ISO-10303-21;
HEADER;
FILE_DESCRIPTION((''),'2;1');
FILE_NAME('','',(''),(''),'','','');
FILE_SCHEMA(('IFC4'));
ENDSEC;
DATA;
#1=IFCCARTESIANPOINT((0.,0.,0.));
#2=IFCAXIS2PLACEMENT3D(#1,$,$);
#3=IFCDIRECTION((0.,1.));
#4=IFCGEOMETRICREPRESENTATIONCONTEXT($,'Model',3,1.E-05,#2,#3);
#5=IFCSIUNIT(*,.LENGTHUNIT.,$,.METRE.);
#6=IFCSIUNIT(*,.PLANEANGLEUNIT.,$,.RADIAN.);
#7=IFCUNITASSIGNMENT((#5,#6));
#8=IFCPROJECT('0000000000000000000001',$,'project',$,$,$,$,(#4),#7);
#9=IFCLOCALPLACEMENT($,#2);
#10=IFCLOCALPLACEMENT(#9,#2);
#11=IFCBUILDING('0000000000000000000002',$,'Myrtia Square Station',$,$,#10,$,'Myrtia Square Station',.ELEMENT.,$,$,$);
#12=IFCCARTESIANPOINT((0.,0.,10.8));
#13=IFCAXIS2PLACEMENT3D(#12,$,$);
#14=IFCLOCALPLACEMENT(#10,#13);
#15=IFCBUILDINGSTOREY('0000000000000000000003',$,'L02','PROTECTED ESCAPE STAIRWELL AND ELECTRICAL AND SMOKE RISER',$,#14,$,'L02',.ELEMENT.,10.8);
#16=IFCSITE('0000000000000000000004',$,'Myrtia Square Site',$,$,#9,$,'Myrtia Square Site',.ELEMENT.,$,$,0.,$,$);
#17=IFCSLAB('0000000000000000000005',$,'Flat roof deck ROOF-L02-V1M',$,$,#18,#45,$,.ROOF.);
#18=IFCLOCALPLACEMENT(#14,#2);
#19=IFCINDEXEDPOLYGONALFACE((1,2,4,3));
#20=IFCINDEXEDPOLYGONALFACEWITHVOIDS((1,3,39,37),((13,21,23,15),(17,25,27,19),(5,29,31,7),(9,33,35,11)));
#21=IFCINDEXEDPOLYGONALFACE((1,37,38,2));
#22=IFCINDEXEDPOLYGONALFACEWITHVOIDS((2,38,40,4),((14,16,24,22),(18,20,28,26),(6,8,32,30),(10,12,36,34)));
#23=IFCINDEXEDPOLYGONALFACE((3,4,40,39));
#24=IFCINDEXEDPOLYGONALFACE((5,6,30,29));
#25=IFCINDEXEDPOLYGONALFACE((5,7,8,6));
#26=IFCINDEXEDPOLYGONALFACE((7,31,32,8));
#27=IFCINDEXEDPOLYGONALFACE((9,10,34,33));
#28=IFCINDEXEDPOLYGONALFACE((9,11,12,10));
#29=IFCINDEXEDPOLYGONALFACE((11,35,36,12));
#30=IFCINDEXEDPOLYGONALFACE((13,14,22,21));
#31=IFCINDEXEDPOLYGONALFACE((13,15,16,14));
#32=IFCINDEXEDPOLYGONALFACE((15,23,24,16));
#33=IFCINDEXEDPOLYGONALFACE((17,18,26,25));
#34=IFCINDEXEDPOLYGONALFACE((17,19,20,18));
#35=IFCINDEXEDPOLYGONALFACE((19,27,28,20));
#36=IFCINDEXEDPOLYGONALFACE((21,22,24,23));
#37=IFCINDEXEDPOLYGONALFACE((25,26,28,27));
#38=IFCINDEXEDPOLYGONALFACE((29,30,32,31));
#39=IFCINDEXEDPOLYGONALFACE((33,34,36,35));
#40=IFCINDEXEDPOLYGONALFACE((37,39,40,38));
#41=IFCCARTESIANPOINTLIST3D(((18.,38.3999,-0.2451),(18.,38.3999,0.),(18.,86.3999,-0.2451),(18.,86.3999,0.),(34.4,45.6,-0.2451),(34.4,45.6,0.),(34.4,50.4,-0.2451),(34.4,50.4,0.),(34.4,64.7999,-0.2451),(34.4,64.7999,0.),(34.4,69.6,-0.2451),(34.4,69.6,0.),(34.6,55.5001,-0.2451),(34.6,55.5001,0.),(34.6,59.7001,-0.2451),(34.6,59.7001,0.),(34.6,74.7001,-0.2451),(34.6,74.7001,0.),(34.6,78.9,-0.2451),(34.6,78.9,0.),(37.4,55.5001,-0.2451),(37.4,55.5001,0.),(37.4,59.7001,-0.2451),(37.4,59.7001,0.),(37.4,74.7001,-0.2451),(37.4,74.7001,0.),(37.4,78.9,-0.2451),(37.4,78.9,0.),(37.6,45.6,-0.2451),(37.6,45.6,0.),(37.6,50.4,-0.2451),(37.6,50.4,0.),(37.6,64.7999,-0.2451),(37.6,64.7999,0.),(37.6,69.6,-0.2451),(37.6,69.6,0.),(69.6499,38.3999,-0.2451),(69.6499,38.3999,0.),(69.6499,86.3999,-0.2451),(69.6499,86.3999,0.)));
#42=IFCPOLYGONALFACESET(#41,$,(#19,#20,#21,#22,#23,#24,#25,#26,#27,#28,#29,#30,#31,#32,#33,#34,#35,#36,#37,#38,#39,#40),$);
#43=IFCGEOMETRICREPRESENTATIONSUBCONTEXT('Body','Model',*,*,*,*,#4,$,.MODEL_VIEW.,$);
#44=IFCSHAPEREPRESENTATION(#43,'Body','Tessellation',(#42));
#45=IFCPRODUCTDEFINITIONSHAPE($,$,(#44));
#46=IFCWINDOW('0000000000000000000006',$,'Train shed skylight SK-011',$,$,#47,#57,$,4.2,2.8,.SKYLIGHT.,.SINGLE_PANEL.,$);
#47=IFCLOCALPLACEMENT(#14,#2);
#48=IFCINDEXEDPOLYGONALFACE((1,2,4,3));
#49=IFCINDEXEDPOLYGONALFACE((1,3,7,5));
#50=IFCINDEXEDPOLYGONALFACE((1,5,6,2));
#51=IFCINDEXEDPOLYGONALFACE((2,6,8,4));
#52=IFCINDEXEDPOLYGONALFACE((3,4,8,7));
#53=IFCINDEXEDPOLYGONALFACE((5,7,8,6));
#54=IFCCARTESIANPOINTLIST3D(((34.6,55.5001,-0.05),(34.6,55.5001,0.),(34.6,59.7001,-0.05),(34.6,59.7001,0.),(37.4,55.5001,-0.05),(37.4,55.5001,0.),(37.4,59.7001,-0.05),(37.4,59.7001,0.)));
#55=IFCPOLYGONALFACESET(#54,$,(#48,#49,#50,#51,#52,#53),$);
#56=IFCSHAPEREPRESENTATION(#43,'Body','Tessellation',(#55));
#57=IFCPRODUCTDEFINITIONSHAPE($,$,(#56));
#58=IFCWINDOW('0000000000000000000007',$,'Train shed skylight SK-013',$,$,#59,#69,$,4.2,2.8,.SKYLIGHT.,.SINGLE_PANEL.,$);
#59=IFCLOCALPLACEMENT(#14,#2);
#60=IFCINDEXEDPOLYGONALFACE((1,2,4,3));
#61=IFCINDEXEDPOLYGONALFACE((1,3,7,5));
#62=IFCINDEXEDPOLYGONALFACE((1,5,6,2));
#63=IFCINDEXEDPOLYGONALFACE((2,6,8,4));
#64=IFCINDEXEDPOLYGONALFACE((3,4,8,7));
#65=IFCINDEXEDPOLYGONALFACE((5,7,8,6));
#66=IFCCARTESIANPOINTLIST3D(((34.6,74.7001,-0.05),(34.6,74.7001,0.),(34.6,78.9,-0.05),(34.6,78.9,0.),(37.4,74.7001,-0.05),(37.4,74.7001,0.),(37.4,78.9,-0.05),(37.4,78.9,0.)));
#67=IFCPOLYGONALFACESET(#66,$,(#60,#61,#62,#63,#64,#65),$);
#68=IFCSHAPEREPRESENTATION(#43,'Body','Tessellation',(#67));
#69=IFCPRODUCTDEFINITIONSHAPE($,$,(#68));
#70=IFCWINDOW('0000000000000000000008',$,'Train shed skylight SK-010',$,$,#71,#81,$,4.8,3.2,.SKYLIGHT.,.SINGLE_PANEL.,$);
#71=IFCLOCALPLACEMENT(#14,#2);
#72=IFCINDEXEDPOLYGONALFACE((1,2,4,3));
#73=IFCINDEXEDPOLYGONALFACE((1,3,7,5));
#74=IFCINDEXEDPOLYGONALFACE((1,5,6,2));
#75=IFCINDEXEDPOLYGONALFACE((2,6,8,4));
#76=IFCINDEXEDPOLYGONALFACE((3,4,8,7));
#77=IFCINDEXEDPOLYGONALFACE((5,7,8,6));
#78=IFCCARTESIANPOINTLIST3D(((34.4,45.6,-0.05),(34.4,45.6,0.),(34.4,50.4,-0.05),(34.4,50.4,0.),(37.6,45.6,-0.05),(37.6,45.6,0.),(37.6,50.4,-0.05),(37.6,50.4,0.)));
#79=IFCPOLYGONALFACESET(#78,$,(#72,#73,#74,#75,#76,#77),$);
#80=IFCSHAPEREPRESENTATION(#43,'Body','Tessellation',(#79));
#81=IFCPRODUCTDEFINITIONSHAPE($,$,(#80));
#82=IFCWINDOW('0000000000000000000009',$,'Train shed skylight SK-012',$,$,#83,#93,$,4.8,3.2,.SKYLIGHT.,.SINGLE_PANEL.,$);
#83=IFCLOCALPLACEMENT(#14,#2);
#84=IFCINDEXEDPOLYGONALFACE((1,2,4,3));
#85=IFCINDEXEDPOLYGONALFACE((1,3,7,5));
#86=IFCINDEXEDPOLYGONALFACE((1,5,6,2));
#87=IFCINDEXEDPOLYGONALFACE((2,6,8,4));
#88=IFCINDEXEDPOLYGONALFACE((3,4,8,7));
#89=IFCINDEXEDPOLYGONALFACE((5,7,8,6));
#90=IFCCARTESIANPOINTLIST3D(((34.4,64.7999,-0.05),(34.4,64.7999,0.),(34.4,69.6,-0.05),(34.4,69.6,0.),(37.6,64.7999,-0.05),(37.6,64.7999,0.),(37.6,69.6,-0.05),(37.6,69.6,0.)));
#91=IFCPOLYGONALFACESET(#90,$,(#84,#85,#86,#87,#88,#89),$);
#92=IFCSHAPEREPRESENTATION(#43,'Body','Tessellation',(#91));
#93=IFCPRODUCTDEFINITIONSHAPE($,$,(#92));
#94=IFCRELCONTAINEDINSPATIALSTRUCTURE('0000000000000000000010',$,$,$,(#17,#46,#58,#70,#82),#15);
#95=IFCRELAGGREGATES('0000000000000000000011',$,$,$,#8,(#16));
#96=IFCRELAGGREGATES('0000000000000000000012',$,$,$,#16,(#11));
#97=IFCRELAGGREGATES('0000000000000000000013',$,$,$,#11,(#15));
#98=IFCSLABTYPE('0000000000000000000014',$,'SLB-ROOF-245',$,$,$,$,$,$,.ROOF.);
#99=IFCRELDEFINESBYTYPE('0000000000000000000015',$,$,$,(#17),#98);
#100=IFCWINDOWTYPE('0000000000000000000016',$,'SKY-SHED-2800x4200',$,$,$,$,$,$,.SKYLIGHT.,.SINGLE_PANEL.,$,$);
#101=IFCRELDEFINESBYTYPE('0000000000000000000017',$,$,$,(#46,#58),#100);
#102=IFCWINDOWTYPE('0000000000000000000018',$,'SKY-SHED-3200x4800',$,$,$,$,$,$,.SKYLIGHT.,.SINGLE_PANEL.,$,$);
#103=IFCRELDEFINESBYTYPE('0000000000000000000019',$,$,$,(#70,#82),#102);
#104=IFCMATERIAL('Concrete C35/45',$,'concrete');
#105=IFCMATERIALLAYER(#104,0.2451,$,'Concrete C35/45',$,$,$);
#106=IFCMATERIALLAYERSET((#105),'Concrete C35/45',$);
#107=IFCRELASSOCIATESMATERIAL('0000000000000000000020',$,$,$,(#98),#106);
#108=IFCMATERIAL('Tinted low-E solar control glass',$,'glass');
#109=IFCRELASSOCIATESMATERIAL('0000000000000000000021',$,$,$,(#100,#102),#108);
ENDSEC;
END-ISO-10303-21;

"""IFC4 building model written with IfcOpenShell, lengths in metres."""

from ifc_helpers import new_model, si_unit, direction, frame, origin, origin_2d, place, context, subcontext, project, spatial, polyline, rectangle, outline, extrude, material, layer, layer_set, type_object, element, fill, save


model = new_model("IFC4")

# Units and contexts
model_context = context("Model", 3, precision=1e-05, world=origin(), true_north=direction((0.0, 1.0)))
body_context = subcontext(model_context, "Body", "Model", "MODEL_VIEW")
ifc_project = project(units=[si_unit("LENGTHUNIT", "METRE"), si_unit("PLANEANGLEUNIT", "RADIAN")], contexts=[model_context])

# Site, building, storey
site_placement = place(None, origin())
site = spatial("IfcSite", under=ifc_project, at=site_placement, Name="Myrtia Square Site", LongName="Myrtia Square Site", CompositionType="ELEMENT", RefElevation=0.0)
building_placement = place(site_placement, origin())
building = spatial("IfcBuilding", under=site, at=building_placement, Name="Myrtia Square Station", LongName="Myrtia Square Station", CompositionType="ELEMENT")
storey_placement = place(building_placement, frame((0.0, 0.0, 10.8)))
storey = spatial("IfcBuildingStorey", under=building, at=storey_placement, Name="L02", Description="PROTECTED ESCAPE STAIRWELL AND ELECTRICAL AND SMOKE RISER", LongName="L02", CompositionType="ELEMENT", Elevation=10.8)

# Slab, openings, windows
ifc_material_1 = material(Name="Concrete C35/45", Category="concrete")
ifc_layer_1 = layer(ifc_material_1, 0.2451, Name="Concrete C35/45")
ifc_layer_set_1 = layer_set([ifc_layer_1], Name="Concrete C35/45")
slab_type = type_object("IfcSlabType", Name="SLB-ROOF-245", PredefinedType="ROOF", material=ifc_layer_set_1)
ifc_material_2 = material(Name="Tinted low-E solar control glass", Category="glass")
slab_1_placement = place(storey_placement, frame((0.0, 0.0, -0.2451)))
slab_1 = element("IfcSlab", 1, at=slab_1_placement, inside=storey, type_object=slab_type, Name="Flat roof deck ROOF-L02-V1M", PredefinedType="ROOF", context=body_context, shape_type="SweptSolid", body=[
    extrude(outline(polyline([(18.0, 38.3999), (69.6499, 38.3999), (69.6499, 86.3999), (18.0, 86.3999), (18.0, 38.3999)])), origin(), (0.0, 0.0, 1.0), 0.2451),
])
opening_1_placement = place(slab_1_placement, frame((36.0, 48.0, 0.0)))
opening_1 = element("IfcOpeningElement", 2, at=opening_1_placement, cuts=slab_1, PredefinedType="OPENING", context=body_context, shape_type="SweptSolid", body=[
    extrude(rectangle(XDim=3.2, YDim=4.8, at=origin_2d()), frame((0.0, 0.0, -0.0149), z_axis=(0.0, 0.0, 1.0), x_axis=(1.0, 0.0, 0.0)), (0.0, 0.0, 1.0), 0.2751),
])
opening_2_placement = place(slab_1_placement, frame((36.0, 57.6001, 0.0)))
opening_2 = element("IfcOpeningElement", 3, at=opening_2_placement, cuts=slab_1, PredefinedType="OPENING", context=body_context, shape_type="SweptSolid", body=[
    extrude(rectangle(XDim=2.8, YDim=4.2, at=origin_2d()), frame((0.0, 0.0, -0.0149), z_axis=(0.0, 0.0, 1.0), x_axis=(1.0, 0.0, 0.0)), (0.0, 0.0, 1.0), 0.2751),
])
opening_3_placement = place(slab_1_placement, frame((36.0, 67.2, 0.0)))
opening_3 = element("IfcOpeningElement", 4, at=opening_3_placement, cuts=slab_1, PredefinedType="OPENING", context=body_context, shape_type="SweptSolid", body=[
    extrude(rectangle(XDim=3.2, YDim=4.8, at=origin_2d()), frame((0.0, 0.0, -0.0149), z_axis=(0.0, 0.0, 1.0), x_axis=(1.0, 0.0, 0.0)), (0.0, 0.0, 1.0), 0.2751),
])
opening_4_placement = place(slab_1_placement, frame((36.0, 76.8, 0.0)))
opening_4 = element("IfcOpeningElement", 5, at=opening_4_placement, cuts=slab_1, PredefinedType="OPENING", context=body_context, shape_type="SweptSolid", body=[
    extrude(rectangle(XDim=2.8, YDim=4.2, at=origin_2d()), frame((0.0, 0.0, -0.0149), z_axis=(0.0, 0.0, 1.0), x_axis=(1.0, 0.0, 0.0)), (0.0, 0.0, 1.0), 0.2751),
])
window_type_1 = type_object("IfcWindowType", Name="SKY-SHED-2800x4200", PartitioningType="SINGLE_PANEL", PredefinedType="SKYLIGHT", material=ifc_material_2)
window_1_placement = place(opening_2_placement, frame((0.0, 0.0, 0.1951)))
window_1 = element("IfcWindow", 6, at=window_1_placement, inside=storey, type_object=window_type_1, Name="Train shed skylight SK-011", OverallHeight=4.2, OverallWidth=2.8, PartitioningType="SINGLE_PANEL", PredefinedType="SKYLIGHT", context=body_context, shape_type="SweptSolid", body=[
    extrude(rectangle(XDim=2.8, YDim=4.2, at=origin_2d()), origin(), (0.0, 0.0, 1.0), 0.05),
])
fill(opening_2, window_1)
window_2_placement = place(opening_4_placement, frame((0.0, 0.0, 0.1951)))
window_2 = element("IfcWindow", 7, at=window_2_placement, inside=storey, type_object=window_type_1, Name="Train shed skylight SK-013", OverallHeight=4.2, OverallWidth=2.8, PartitioningType="SINGLE_PANEL", PredefinedType="SKYLIGHT", context=body_context, shape_type="SweptSolid", body=[
    extrude(rectangle(XDim=2.8, YDim=4.2, at=origin_2d()), origin(), (0.0, 0.0, 1.0), 0.05),
])
fill(opening_4, window_2)
window_type_2 = type_object("IfcWindowType", Name="SKY-SHED-3200x4800", PartitioningType="SINGLE_PANEL", PredefinedType="SKYLIGHT", material=ifc_material_2)
window_3_placement = place(opening_1_placement, frame((0.0, 0.0, 0.1951)))
window_3 = element("IfcWindow", 8, at=window_3_placement, inside=storey, type_object=window_type_2, Name="Train shed skylight SK-010", OverallHeight=4.8, OverallWidth=3.2, PartitioningType="SINGLE_PANEL", PredefinedType="SKYLIGHT", context=body_context, shape_type="SweptSolid", body=[
    extrude(rectangle(XDim=3.2, YDim=4.8, at=origin_2d()), origin(), (0.0, 0.0, 1.0), 0.05),
])
fill(opening_1, window_3)
window_4_placement = place(opening_3_placement, frame((0.0, 0.0, 0.1951)))
window_4 = element("IfcWindow", 9, at=window_4_placement, inside=storey, type_object=window_type_2, Name="Train shed skylight SK-012", OverallHeight=4.8, OverallWidth=3.2, PartitioningType="SINGLE_PANEL", PredefinedType="SKYLIGHT", context=body_context, shape_type="SweptSolid", body=[
    extrude(rectangle(XDim=3.2, YDim=4.8, at=origin_2d()), origin(), (0.0, 0.0, 1.0), 0.05),
])
fill(opening_3, window_4)

save(model, "model.ifc")
